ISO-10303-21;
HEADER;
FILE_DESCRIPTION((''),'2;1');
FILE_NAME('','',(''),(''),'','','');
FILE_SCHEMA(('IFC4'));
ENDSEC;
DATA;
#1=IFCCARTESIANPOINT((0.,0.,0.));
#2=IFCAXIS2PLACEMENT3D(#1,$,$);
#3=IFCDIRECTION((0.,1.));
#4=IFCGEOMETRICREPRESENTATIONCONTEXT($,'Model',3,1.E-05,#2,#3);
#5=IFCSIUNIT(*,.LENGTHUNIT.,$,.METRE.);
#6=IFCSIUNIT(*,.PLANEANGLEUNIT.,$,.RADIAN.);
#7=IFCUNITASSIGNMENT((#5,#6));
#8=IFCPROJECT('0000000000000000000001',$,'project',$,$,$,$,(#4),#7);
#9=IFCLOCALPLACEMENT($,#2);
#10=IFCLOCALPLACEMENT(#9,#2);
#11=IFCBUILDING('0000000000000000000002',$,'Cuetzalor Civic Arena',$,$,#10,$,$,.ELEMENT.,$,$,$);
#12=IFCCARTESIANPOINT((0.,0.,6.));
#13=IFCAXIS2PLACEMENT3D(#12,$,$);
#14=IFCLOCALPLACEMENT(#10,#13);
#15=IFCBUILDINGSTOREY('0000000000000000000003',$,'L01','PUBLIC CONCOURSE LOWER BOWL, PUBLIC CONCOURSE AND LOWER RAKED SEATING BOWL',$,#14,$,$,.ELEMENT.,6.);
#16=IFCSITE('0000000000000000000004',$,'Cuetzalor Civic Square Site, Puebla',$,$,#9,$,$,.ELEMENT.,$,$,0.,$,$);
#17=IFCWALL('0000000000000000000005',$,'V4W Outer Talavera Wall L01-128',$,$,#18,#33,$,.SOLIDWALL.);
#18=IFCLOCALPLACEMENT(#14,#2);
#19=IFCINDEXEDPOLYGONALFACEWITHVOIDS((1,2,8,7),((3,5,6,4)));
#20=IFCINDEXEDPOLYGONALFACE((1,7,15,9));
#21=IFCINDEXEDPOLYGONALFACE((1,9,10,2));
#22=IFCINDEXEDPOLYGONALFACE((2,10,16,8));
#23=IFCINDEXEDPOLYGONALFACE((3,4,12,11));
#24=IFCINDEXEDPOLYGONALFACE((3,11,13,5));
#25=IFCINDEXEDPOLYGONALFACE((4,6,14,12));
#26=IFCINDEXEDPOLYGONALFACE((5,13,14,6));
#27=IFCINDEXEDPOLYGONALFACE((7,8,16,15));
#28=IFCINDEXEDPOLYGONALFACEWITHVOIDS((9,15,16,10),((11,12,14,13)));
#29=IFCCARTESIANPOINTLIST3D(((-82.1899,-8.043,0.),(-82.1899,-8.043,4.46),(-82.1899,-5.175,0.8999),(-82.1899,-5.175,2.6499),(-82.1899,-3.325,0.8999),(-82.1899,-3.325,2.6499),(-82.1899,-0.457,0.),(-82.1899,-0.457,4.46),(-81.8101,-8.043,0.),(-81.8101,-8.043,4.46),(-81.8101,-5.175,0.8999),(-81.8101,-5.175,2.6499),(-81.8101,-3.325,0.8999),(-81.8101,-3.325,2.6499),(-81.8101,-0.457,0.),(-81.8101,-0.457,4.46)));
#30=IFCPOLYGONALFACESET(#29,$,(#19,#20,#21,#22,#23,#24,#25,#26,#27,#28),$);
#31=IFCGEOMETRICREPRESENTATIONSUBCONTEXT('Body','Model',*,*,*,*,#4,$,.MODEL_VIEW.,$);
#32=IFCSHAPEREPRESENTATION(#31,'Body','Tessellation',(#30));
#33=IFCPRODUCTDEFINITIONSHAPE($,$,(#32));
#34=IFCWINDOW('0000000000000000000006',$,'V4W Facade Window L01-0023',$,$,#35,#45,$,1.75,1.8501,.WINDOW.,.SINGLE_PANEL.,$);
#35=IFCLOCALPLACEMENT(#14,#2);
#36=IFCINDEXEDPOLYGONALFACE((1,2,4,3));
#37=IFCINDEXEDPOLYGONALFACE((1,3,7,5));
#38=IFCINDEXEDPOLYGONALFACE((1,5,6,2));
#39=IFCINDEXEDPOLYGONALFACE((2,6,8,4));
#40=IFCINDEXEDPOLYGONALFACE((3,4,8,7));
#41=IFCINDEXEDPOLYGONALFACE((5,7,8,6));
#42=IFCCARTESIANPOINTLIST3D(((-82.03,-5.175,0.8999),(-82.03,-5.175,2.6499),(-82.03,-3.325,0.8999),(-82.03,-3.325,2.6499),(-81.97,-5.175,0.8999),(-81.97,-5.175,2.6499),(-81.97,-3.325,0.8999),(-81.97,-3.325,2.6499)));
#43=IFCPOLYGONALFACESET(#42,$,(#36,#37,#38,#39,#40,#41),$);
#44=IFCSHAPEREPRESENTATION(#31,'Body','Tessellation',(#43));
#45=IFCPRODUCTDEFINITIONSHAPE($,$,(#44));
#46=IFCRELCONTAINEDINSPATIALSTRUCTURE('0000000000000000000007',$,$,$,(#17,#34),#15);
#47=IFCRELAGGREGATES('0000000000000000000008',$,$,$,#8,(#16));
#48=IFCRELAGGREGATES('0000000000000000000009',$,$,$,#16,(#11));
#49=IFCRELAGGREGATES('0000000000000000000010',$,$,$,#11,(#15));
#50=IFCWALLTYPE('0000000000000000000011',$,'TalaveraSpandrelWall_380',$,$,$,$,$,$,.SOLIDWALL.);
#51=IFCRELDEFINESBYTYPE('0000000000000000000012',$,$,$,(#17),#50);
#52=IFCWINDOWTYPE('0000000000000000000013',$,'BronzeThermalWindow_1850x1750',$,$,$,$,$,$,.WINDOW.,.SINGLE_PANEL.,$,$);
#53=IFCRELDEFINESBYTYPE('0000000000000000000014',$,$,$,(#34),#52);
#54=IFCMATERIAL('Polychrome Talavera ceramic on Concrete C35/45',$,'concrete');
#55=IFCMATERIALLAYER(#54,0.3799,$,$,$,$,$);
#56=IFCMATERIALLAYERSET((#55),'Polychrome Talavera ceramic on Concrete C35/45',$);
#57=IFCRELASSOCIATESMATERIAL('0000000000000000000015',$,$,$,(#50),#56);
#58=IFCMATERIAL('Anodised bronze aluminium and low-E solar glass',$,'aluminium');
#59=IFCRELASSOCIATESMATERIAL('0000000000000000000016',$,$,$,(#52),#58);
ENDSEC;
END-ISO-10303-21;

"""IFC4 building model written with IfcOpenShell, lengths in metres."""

from ifc_helpers import new_model, si_unit, direction, frame, frame_2d, origin, place, context, subcontext, project, spatial, rectangle, extrude, material, layer, layer_set, type_object, element, fill, save


model = new_model("IFC4")

# Units and contexts
model_context = context("Model", 3, precision=1e-05, world=origin(), true_north=direction((0.0, 1.0)))
body_context = subcontext(model_context, "Body", "Model", "MODEL_VIEW")
ifc_project = project(units=[si_unit("LENGTHUNIT", "METRE"), si_unit("PLANEANGLEUNIT", "RADIAN")], contexts=[model_context])

# Site, building, storey
site_placement = place(None, origin())
site = spatial("IfcSite", under=ifc_project, at=site_placement, Name="Cuetzalor Civic Square Site, Puebla", CompositionType="ELEMENT", RefElevation=0.0)
building_placement = place(site_placement, origin())
building = spatial("IfcBuilding", under=site, at=building_placement, Name="Cuetzalor Civic Arena", CompositionType="ELEMENT")
storey_placement = place(building_placement, frame((0.0, 0.0, 6.0)))
storey = spatial("IfcBuildingStorey", under=building, at=storey_placement, Name="L01", Description="PUBLIC CONCOURSE LOWER BOWL, PUBLIC CONCOURSE AND LOWER RAKED SEATING BOWL", CompositionType="ELEMENT", Elevation=6.0)

# Wall, opening, window
ifc_material_1 = material(Name="Polychrome Talavera ceramic on Concrete C35/45", Category="concrete")
ifc_layer_1 = layer(ifc_material_1, 0.3799)
ifc_layer_set_1 = layer_set([ifc_layer_1], Name="Polychrome Talavera ceramic on Concrete C35/45")
wall_type_1 = type_object("IfcWallType", Name="TalaveraSpandrelWall_380", PredefinedType="SOLIDWALL", material=ifc_layer_set_1)
wall_1_placement = place(storey_placement, frame((-82.0, -8.043, 0.0), z_axis=(0.0, 0.0, 1.0), x_axis=(0.0, 1.0, 0.0)))
wall_1 = element("IfcWall", 1, at=wall_1_placement, inside=storey, type_object=wall_type_1, Name="V4W Outer Talavera Wall L01-128", PredefinedType="SOLIDWALL", context=body_context, shape_type="SweptSolid", body=[
    extrude(rectangle(XDim=7.5859, YDim=0.3799, at=frame_2d((3.793, 0.0))), origin(), (0.0, 0.0, 1.0), 4.46),
])
opening_1_placement = place(wall_1_placement, frame((2.8679, 0.0, 0.8999)))
opening_1 = element("IfcOpeningElement", 2, at=opening_1_placement, cuts=wall_1, PredefinedType="OPENING", context=body_context, shape_type="SweptSolid", body=[
    extrude(rectangle(XDim=1.8501, YDim=1.75, at=frame_2d((0.925, 0.875))), frame((0.0, 0.2, 0.0), z_axis=(0.0, -1.0, 0.0), x_axis=(1.0, 0.0, 0.0)), (0.0, 0.0, 1.0), 0.3999),
])
ifc_material_2 = material(Name="Anodised bronze aluminium and low-E solar glass", Category="aluminium")
window_type = type_object("IfcWindowType", Name="BronzeThermalWindow_1850x1750", PartitioningType="SINGLE_PANEL", PredefinedType="WINDOW", material=ifc_material_2)
window_placement = place(opening_1_placement, origin())
window = element("IfcWindow", 3, at=window_placement, inside=storey, type_object=window_type, Name="V4W Facade Window L01-0023", OverallHeight=1.75, OverallWidth=1.8501, PartitioningType="SINGLE_PANEL", PredefinedType="WINDOW", context=body_context, shape_type="SweptSolid", body=[
    extrude(rectangle(XDim=1.8501, YDim=1.75, at=frame_2d((0.925, 0.875))), frame((0.0, 0.03, 0.0), z_axis=(0.0, -1.0, 0.0), x_axis=(1.0, 0.0, 0.0)), (0.0, 0.0, 1.0), 0.0601),
])
fill(opening_1, window)

save(model, "model.ifc")
